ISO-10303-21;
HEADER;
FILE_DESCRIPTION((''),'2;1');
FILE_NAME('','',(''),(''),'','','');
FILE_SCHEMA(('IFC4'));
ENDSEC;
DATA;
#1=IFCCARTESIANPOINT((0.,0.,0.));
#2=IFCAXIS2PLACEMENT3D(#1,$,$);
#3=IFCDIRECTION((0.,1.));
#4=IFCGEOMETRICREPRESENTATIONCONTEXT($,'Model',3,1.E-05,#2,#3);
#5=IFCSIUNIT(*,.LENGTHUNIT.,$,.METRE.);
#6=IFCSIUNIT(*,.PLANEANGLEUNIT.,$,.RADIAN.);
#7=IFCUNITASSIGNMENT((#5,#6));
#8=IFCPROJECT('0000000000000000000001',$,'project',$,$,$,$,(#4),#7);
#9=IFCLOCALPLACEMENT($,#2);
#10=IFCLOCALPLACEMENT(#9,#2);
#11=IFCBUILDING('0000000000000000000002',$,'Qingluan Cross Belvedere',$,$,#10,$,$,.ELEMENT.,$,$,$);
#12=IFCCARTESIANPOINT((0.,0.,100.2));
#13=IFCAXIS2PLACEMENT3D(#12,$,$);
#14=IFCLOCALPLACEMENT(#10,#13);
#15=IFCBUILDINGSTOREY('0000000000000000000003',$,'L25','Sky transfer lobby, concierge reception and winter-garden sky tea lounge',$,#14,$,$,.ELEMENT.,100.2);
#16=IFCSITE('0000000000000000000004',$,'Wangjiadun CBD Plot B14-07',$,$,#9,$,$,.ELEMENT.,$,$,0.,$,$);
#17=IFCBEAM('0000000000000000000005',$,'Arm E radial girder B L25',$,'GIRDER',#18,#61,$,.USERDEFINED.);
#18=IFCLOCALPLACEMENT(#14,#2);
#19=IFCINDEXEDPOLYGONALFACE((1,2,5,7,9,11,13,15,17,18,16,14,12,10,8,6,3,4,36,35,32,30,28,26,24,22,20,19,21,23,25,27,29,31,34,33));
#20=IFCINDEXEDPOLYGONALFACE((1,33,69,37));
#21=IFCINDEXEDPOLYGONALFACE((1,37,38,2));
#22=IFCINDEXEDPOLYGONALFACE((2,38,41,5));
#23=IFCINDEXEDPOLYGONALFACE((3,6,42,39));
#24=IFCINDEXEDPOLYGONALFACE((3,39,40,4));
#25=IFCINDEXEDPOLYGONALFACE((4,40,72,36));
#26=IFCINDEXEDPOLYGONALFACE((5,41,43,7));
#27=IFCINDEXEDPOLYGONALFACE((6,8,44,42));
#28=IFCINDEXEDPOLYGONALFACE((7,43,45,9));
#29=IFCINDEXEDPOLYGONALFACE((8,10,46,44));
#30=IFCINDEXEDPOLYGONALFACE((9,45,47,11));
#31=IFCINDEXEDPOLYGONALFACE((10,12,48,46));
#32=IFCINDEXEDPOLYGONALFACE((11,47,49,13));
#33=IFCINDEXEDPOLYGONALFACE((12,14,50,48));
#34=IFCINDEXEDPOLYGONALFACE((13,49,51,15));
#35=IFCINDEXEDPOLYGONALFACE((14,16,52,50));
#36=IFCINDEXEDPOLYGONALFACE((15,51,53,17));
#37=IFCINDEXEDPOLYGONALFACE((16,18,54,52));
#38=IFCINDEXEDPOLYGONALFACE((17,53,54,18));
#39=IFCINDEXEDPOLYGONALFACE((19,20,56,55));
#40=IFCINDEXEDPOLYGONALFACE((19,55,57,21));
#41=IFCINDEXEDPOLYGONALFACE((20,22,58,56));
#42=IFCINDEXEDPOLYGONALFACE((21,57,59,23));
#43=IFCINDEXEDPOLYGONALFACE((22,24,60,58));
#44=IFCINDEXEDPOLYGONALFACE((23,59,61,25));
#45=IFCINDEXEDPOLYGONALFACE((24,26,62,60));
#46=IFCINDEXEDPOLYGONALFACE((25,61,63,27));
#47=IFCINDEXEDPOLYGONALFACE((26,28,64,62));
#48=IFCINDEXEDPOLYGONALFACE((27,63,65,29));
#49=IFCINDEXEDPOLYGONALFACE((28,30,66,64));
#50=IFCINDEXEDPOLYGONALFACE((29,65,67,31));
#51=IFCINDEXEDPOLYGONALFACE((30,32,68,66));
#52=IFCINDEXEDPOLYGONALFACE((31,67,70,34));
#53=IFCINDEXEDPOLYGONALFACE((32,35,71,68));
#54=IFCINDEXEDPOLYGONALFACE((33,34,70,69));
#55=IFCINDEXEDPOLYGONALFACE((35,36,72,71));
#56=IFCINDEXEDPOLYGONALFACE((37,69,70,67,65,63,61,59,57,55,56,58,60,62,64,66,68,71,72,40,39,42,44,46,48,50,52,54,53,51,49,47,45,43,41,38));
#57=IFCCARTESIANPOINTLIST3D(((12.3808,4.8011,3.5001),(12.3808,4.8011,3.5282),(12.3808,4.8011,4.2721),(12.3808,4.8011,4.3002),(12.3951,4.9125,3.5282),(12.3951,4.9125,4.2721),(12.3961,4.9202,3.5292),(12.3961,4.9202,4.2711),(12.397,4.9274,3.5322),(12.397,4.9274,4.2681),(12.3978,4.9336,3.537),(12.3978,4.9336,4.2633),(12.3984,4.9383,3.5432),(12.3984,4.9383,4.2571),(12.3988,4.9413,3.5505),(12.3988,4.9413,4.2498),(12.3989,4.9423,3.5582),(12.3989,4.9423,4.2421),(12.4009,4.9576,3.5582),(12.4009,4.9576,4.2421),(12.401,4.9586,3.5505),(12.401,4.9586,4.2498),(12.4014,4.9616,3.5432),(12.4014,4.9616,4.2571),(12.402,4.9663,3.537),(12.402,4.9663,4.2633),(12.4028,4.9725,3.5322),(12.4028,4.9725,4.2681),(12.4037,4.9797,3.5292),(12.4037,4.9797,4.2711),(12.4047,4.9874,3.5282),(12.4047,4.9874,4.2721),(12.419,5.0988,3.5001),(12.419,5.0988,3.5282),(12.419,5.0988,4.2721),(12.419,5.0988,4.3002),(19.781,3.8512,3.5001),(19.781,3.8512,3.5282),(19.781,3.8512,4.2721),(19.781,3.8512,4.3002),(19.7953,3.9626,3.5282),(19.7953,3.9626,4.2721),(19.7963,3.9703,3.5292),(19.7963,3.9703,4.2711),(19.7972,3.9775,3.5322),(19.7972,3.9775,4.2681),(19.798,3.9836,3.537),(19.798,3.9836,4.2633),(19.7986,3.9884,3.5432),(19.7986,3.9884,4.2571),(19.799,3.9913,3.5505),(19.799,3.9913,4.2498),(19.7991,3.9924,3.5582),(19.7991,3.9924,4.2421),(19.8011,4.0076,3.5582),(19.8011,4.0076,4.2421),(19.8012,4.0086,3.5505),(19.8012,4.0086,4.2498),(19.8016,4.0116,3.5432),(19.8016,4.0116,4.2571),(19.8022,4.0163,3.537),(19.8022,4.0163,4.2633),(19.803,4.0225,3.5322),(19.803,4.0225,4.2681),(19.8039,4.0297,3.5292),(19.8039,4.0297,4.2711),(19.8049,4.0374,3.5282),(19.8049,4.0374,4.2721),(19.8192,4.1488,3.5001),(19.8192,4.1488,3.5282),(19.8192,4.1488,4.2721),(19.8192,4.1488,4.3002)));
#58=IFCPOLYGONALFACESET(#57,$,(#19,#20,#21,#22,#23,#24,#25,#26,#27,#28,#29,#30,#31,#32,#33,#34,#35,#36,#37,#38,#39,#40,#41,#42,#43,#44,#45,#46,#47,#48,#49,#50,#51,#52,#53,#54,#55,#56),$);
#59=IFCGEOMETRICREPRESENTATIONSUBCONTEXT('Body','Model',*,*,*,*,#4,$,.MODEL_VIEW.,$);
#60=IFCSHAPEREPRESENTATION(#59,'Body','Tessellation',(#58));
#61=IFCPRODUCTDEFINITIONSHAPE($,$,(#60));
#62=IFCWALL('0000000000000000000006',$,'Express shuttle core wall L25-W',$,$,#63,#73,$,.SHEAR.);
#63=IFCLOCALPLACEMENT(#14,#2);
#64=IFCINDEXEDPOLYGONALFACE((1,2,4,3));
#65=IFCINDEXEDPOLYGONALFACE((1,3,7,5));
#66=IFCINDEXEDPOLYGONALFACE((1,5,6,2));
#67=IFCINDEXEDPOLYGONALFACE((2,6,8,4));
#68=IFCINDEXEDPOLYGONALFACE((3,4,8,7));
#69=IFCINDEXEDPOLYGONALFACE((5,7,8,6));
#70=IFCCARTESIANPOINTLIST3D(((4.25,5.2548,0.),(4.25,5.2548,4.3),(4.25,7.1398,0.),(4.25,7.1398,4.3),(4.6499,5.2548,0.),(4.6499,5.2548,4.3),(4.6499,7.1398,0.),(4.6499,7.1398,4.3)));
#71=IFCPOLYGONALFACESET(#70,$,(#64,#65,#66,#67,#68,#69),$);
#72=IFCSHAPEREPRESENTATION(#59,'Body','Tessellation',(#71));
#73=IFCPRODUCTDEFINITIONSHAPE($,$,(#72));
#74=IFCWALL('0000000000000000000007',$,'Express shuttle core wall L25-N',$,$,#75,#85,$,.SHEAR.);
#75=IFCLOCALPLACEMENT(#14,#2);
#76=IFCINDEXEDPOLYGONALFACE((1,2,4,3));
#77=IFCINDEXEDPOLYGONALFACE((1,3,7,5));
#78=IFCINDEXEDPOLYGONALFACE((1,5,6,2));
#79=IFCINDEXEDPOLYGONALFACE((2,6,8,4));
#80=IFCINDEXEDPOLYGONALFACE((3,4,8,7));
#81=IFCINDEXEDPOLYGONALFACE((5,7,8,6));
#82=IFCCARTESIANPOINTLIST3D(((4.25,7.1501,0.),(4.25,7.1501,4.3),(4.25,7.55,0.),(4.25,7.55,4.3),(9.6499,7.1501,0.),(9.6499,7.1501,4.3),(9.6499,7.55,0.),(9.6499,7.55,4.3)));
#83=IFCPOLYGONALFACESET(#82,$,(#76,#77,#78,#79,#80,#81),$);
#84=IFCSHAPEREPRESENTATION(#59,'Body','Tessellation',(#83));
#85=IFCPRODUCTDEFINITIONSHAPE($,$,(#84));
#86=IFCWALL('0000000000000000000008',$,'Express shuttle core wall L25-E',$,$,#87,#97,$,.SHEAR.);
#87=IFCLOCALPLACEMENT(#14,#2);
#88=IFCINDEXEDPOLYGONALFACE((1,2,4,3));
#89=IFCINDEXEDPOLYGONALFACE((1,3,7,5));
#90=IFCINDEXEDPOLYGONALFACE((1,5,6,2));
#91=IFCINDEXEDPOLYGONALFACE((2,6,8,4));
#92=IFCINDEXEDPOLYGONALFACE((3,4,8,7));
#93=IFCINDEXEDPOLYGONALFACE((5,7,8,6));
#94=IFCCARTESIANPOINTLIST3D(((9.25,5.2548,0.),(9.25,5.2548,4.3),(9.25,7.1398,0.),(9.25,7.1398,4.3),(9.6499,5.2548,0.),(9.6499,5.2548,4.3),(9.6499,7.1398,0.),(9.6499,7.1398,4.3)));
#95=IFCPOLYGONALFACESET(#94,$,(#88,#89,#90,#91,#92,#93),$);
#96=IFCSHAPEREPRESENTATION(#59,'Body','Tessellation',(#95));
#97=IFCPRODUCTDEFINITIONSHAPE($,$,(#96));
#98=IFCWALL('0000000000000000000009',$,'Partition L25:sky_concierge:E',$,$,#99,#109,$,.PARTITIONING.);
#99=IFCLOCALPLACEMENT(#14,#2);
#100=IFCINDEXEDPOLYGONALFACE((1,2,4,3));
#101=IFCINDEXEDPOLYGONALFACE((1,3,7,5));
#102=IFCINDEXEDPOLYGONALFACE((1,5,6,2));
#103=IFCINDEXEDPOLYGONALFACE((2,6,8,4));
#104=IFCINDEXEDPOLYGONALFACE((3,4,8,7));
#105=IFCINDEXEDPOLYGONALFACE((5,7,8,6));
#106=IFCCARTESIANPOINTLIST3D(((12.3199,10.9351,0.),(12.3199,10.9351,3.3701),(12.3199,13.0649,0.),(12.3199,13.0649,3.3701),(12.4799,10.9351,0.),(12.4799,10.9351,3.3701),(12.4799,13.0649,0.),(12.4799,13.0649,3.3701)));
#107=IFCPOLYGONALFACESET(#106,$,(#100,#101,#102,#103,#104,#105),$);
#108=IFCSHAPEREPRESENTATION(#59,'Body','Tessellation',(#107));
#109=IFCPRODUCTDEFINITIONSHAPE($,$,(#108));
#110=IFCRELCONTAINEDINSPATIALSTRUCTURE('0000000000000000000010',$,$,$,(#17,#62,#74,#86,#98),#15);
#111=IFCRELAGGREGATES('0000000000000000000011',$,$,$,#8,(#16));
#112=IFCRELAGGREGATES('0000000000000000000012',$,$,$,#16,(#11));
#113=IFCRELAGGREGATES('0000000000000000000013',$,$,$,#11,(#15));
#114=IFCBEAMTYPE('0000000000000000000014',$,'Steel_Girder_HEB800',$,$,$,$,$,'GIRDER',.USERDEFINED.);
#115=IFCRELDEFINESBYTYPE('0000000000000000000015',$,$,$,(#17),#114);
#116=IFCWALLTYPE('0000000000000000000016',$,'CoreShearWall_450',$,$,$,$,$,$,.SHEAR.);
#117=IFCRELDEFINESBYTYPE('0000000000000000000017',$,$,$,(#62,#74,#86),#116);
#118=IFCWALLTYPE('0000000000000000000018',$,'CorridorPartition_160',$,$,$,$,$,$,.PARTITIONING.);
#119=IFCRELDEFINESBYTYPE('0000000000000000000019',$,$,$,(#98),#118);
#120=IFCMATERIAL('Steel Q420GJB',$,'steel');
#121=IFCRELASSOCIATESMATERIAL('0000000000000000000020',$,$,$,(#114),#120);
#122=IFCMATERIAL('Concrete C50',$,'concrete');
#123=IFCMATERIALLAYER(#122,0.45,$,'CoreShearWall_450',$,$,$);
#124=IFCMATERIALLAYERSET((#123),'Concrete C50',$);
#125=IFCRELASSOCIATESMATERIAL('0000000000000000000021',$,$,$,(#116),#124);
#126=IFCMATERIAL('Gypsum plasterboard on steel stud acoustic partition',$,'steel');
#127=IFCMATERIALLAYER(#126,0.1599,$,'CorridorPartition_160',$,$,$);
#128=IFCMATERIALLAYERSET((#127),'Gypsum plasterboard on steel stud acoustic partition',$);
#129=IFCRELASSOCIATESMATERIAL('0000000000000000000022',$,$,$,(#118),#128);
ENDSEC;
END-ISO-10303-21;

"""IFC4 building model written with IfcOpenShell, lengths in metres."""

from ifc_helpers import new_model, si_unit, direction, frame, frame_2d, origin, origin_2d, place, context, subcontext, project, spatial, rectangle, i_section, extrude, material, layer, layer_set, material_profile, profile_set, type_object, element, save


model = new_model("IFC4")

# Units and contexts
model_context = context("Model", 3, precision=1e-05, world=origin(), true_north=direction((0.0, 1.0)))
body_context = subcontext(model_context, "Body", "Model", "MODEL_VIEW")
ifc_project = project(units=[si_unit("LENGTHUNIT", "METRE"), si_unit("PLANEANGLEUNIT", "RADIAN")], contexts=[model_context])

# Site, building, storey
site_placement = place(None, origin())
site = spatial("IfcSite", under=ifc_project, at=site_placement, Name="Wangjiadun CBD Plot B14-07", CompositionType="ELEMENT", RefElevation=0.0)
building_placement = place(site_placement, origin())
building = spatial("IfcBuilding", under=site, at=building_placement, Name="Qingluan Cross Belvedere", CompositionType="ELEMENT")
storey_placement = place(building_placement, frame((0.0, 0.0, 100.2)))
storey = spatial("IfcBuildingStorey", under=building, at=storey_placement, Name="L25", Description="Sky transfer lobby, concierge reception and winter-garden sky tea lounge", CompositionType="ELEMENT", Elevation=100.2)

# Beam
ifc_material_1 = material(Name="Steel Q420GJB", Category="steel")
ifc_material_profile_1 = material_profile(ifc_material_1, i_section(OverallWidth=0.3, OverallDepth=0.8, WebThickness=0.0154, FlangeThickness=0.0281, FilletRadius=0.03, at=origin_2d()), Name="HEB800")
ifc_profile_set_1 = profile_set([ifc_material_profile_1], Name="Steel Q420GJB")
beam_type_1 = type_object("IfcBeamType", Name="Steel_Girder_HEB800", ElementType="GIRDER", PredefinedType="USERDEFINED", material=ifc_profile_set_1)
beam_1_placement = place(storey_placement, frame((12.3999, 4.95, 3.9001), z_axis=(0.991861, -0.127324, 0.0), x_axis=(0.127324, 0.991861, 0.0)))
element("IfcBeam", 1, at=beam_1_placement, inside=storey, type_object=beam_type_1, Name="Arm E radial girder B L25", ObjectType="GIRDER", PredefinedType="USERDEFINED", context=body_context, shape_type="SweptSolid", body=[
    extrude(i_section(OverallWidth=0.3, OverallDepth=0.8, WebThickness=0.0154, FlangeThickness=0.0281, FilletRadius=0.03, at=origin_2d()), origin(), (0.0, 0.0, 1.0), 7.4609),
])

# Walls
ifc_material_2 = material(Name="Concrete C50", Category="concrete")
ifc_layer_1 = layer(ifc_material_2, 0.45, Name="CoreShearWall_450")
ifc_layer_set_1 = layer_set([ifc_layer_1], Name="Concrete C50")
wall_type_1 = type_object("IfcWallType", Name="CoreShearWall_450", PredefinedType="SHEAR", material=ifc_layer_set_1)
wall_1_placement = place(storey_placement, frame((4.45, 5.2549, 0.0), z_axis=(0.0, 0.0, 1.0), x_axis=(0.0, 1.0, 0.0)))
element("IfcWall", 2, at=wall_1_placement, inside=storey, type_object=wall_type_1, Name="Express shuttle core wall L25-W", PredefinedType="SHEAR", context=body_context, shape_type="SweptSolid", body=[
    extrude(rectangle(XDim=1.885, YDim=0.3999, at=frame_2d((0.9424, 0.0))), origin(), (0.0, 0.0, 1.0), 4.3),
])
wall_2_placement = place(storey_placement, frame((4.25, 7.3501, 0.0), z_axis=(0.0, 0.0, 1.0), x_axis=(1.0, 0.0, 0.0)))
element("IfcWall", 3, at=wall_2_placement, inside=storey, type_object=wall_type_1, Name="Express shuttle core wall L25-N", PredefinedType="SHEAR", context=body_context, shape_type="SweptSolid", body=[
    extrude(rectangle(XDim=5.3999, YDim=0.3999, at=frame_2d((2.7, 0.0))), origin(), (0.0, 0.0, 1.0), 4.3),
])
wall_3_placement = place(storey_placement, frame((9.45, 5.2549, 0.0), z_axis=(0.0, 0.0, 1.0), x_axis=(0.0, 1.0, 0.0)))
element("IfcWall", 4, at=wall_3_placement, inside=storey, type_object=wall_type_1, Name="Express shuttle core wall L25-E", PredefinedType="SHEAR", context=body_context, shape_type="SweptSolid", body=[
    extrude(rectangle(XDim=1.885, YDim=0.3999, at=frame_2d((0.9424, 0.0))), origin(), (0.0, 0.0, 1.0), 4.3),
])
ifc_material_3 = material(Name="Gypsum plasterboard on steel stud acoustic partition", Category="steel")
ifc_layer_2 = layer(ifc_material_3, 0.1599, Name="CorridorPartition_160")
ifc_layer_set_2 = layer_set([ifc_layer_2], Name="Gypsum plasterboard on steel stud acoustic partition")
wall_type_2 = type_object("IfcWallType", Name="CorridorPartition_160", PredefinedType="PARTITIONING", material=ifc_layer_set_2)
wall_4_placement = place(storey_placement, frame((12.3999, 10.9351, 0.0), z_axis=(0.0, 0.0, 1.0), x_axis=(0.0, 1.0, 0.0)))
element("IfcWall", 5, at=wall_4_placement, inside=storey, type_object=wall_type_2, Name="Partition L25:sky_concierge:E", PredefinedType="PARTITIONING", context=body_context, shape_type="SweptSolid", body=[
    extrude(rectangle(XDim=2.1299, YDim=0.1599, at=frame_2d((1.0649, 0.0))), origin(), (0.0, 0.0, 1.0), 3.3701),
])

save(model, "model.ifc")
